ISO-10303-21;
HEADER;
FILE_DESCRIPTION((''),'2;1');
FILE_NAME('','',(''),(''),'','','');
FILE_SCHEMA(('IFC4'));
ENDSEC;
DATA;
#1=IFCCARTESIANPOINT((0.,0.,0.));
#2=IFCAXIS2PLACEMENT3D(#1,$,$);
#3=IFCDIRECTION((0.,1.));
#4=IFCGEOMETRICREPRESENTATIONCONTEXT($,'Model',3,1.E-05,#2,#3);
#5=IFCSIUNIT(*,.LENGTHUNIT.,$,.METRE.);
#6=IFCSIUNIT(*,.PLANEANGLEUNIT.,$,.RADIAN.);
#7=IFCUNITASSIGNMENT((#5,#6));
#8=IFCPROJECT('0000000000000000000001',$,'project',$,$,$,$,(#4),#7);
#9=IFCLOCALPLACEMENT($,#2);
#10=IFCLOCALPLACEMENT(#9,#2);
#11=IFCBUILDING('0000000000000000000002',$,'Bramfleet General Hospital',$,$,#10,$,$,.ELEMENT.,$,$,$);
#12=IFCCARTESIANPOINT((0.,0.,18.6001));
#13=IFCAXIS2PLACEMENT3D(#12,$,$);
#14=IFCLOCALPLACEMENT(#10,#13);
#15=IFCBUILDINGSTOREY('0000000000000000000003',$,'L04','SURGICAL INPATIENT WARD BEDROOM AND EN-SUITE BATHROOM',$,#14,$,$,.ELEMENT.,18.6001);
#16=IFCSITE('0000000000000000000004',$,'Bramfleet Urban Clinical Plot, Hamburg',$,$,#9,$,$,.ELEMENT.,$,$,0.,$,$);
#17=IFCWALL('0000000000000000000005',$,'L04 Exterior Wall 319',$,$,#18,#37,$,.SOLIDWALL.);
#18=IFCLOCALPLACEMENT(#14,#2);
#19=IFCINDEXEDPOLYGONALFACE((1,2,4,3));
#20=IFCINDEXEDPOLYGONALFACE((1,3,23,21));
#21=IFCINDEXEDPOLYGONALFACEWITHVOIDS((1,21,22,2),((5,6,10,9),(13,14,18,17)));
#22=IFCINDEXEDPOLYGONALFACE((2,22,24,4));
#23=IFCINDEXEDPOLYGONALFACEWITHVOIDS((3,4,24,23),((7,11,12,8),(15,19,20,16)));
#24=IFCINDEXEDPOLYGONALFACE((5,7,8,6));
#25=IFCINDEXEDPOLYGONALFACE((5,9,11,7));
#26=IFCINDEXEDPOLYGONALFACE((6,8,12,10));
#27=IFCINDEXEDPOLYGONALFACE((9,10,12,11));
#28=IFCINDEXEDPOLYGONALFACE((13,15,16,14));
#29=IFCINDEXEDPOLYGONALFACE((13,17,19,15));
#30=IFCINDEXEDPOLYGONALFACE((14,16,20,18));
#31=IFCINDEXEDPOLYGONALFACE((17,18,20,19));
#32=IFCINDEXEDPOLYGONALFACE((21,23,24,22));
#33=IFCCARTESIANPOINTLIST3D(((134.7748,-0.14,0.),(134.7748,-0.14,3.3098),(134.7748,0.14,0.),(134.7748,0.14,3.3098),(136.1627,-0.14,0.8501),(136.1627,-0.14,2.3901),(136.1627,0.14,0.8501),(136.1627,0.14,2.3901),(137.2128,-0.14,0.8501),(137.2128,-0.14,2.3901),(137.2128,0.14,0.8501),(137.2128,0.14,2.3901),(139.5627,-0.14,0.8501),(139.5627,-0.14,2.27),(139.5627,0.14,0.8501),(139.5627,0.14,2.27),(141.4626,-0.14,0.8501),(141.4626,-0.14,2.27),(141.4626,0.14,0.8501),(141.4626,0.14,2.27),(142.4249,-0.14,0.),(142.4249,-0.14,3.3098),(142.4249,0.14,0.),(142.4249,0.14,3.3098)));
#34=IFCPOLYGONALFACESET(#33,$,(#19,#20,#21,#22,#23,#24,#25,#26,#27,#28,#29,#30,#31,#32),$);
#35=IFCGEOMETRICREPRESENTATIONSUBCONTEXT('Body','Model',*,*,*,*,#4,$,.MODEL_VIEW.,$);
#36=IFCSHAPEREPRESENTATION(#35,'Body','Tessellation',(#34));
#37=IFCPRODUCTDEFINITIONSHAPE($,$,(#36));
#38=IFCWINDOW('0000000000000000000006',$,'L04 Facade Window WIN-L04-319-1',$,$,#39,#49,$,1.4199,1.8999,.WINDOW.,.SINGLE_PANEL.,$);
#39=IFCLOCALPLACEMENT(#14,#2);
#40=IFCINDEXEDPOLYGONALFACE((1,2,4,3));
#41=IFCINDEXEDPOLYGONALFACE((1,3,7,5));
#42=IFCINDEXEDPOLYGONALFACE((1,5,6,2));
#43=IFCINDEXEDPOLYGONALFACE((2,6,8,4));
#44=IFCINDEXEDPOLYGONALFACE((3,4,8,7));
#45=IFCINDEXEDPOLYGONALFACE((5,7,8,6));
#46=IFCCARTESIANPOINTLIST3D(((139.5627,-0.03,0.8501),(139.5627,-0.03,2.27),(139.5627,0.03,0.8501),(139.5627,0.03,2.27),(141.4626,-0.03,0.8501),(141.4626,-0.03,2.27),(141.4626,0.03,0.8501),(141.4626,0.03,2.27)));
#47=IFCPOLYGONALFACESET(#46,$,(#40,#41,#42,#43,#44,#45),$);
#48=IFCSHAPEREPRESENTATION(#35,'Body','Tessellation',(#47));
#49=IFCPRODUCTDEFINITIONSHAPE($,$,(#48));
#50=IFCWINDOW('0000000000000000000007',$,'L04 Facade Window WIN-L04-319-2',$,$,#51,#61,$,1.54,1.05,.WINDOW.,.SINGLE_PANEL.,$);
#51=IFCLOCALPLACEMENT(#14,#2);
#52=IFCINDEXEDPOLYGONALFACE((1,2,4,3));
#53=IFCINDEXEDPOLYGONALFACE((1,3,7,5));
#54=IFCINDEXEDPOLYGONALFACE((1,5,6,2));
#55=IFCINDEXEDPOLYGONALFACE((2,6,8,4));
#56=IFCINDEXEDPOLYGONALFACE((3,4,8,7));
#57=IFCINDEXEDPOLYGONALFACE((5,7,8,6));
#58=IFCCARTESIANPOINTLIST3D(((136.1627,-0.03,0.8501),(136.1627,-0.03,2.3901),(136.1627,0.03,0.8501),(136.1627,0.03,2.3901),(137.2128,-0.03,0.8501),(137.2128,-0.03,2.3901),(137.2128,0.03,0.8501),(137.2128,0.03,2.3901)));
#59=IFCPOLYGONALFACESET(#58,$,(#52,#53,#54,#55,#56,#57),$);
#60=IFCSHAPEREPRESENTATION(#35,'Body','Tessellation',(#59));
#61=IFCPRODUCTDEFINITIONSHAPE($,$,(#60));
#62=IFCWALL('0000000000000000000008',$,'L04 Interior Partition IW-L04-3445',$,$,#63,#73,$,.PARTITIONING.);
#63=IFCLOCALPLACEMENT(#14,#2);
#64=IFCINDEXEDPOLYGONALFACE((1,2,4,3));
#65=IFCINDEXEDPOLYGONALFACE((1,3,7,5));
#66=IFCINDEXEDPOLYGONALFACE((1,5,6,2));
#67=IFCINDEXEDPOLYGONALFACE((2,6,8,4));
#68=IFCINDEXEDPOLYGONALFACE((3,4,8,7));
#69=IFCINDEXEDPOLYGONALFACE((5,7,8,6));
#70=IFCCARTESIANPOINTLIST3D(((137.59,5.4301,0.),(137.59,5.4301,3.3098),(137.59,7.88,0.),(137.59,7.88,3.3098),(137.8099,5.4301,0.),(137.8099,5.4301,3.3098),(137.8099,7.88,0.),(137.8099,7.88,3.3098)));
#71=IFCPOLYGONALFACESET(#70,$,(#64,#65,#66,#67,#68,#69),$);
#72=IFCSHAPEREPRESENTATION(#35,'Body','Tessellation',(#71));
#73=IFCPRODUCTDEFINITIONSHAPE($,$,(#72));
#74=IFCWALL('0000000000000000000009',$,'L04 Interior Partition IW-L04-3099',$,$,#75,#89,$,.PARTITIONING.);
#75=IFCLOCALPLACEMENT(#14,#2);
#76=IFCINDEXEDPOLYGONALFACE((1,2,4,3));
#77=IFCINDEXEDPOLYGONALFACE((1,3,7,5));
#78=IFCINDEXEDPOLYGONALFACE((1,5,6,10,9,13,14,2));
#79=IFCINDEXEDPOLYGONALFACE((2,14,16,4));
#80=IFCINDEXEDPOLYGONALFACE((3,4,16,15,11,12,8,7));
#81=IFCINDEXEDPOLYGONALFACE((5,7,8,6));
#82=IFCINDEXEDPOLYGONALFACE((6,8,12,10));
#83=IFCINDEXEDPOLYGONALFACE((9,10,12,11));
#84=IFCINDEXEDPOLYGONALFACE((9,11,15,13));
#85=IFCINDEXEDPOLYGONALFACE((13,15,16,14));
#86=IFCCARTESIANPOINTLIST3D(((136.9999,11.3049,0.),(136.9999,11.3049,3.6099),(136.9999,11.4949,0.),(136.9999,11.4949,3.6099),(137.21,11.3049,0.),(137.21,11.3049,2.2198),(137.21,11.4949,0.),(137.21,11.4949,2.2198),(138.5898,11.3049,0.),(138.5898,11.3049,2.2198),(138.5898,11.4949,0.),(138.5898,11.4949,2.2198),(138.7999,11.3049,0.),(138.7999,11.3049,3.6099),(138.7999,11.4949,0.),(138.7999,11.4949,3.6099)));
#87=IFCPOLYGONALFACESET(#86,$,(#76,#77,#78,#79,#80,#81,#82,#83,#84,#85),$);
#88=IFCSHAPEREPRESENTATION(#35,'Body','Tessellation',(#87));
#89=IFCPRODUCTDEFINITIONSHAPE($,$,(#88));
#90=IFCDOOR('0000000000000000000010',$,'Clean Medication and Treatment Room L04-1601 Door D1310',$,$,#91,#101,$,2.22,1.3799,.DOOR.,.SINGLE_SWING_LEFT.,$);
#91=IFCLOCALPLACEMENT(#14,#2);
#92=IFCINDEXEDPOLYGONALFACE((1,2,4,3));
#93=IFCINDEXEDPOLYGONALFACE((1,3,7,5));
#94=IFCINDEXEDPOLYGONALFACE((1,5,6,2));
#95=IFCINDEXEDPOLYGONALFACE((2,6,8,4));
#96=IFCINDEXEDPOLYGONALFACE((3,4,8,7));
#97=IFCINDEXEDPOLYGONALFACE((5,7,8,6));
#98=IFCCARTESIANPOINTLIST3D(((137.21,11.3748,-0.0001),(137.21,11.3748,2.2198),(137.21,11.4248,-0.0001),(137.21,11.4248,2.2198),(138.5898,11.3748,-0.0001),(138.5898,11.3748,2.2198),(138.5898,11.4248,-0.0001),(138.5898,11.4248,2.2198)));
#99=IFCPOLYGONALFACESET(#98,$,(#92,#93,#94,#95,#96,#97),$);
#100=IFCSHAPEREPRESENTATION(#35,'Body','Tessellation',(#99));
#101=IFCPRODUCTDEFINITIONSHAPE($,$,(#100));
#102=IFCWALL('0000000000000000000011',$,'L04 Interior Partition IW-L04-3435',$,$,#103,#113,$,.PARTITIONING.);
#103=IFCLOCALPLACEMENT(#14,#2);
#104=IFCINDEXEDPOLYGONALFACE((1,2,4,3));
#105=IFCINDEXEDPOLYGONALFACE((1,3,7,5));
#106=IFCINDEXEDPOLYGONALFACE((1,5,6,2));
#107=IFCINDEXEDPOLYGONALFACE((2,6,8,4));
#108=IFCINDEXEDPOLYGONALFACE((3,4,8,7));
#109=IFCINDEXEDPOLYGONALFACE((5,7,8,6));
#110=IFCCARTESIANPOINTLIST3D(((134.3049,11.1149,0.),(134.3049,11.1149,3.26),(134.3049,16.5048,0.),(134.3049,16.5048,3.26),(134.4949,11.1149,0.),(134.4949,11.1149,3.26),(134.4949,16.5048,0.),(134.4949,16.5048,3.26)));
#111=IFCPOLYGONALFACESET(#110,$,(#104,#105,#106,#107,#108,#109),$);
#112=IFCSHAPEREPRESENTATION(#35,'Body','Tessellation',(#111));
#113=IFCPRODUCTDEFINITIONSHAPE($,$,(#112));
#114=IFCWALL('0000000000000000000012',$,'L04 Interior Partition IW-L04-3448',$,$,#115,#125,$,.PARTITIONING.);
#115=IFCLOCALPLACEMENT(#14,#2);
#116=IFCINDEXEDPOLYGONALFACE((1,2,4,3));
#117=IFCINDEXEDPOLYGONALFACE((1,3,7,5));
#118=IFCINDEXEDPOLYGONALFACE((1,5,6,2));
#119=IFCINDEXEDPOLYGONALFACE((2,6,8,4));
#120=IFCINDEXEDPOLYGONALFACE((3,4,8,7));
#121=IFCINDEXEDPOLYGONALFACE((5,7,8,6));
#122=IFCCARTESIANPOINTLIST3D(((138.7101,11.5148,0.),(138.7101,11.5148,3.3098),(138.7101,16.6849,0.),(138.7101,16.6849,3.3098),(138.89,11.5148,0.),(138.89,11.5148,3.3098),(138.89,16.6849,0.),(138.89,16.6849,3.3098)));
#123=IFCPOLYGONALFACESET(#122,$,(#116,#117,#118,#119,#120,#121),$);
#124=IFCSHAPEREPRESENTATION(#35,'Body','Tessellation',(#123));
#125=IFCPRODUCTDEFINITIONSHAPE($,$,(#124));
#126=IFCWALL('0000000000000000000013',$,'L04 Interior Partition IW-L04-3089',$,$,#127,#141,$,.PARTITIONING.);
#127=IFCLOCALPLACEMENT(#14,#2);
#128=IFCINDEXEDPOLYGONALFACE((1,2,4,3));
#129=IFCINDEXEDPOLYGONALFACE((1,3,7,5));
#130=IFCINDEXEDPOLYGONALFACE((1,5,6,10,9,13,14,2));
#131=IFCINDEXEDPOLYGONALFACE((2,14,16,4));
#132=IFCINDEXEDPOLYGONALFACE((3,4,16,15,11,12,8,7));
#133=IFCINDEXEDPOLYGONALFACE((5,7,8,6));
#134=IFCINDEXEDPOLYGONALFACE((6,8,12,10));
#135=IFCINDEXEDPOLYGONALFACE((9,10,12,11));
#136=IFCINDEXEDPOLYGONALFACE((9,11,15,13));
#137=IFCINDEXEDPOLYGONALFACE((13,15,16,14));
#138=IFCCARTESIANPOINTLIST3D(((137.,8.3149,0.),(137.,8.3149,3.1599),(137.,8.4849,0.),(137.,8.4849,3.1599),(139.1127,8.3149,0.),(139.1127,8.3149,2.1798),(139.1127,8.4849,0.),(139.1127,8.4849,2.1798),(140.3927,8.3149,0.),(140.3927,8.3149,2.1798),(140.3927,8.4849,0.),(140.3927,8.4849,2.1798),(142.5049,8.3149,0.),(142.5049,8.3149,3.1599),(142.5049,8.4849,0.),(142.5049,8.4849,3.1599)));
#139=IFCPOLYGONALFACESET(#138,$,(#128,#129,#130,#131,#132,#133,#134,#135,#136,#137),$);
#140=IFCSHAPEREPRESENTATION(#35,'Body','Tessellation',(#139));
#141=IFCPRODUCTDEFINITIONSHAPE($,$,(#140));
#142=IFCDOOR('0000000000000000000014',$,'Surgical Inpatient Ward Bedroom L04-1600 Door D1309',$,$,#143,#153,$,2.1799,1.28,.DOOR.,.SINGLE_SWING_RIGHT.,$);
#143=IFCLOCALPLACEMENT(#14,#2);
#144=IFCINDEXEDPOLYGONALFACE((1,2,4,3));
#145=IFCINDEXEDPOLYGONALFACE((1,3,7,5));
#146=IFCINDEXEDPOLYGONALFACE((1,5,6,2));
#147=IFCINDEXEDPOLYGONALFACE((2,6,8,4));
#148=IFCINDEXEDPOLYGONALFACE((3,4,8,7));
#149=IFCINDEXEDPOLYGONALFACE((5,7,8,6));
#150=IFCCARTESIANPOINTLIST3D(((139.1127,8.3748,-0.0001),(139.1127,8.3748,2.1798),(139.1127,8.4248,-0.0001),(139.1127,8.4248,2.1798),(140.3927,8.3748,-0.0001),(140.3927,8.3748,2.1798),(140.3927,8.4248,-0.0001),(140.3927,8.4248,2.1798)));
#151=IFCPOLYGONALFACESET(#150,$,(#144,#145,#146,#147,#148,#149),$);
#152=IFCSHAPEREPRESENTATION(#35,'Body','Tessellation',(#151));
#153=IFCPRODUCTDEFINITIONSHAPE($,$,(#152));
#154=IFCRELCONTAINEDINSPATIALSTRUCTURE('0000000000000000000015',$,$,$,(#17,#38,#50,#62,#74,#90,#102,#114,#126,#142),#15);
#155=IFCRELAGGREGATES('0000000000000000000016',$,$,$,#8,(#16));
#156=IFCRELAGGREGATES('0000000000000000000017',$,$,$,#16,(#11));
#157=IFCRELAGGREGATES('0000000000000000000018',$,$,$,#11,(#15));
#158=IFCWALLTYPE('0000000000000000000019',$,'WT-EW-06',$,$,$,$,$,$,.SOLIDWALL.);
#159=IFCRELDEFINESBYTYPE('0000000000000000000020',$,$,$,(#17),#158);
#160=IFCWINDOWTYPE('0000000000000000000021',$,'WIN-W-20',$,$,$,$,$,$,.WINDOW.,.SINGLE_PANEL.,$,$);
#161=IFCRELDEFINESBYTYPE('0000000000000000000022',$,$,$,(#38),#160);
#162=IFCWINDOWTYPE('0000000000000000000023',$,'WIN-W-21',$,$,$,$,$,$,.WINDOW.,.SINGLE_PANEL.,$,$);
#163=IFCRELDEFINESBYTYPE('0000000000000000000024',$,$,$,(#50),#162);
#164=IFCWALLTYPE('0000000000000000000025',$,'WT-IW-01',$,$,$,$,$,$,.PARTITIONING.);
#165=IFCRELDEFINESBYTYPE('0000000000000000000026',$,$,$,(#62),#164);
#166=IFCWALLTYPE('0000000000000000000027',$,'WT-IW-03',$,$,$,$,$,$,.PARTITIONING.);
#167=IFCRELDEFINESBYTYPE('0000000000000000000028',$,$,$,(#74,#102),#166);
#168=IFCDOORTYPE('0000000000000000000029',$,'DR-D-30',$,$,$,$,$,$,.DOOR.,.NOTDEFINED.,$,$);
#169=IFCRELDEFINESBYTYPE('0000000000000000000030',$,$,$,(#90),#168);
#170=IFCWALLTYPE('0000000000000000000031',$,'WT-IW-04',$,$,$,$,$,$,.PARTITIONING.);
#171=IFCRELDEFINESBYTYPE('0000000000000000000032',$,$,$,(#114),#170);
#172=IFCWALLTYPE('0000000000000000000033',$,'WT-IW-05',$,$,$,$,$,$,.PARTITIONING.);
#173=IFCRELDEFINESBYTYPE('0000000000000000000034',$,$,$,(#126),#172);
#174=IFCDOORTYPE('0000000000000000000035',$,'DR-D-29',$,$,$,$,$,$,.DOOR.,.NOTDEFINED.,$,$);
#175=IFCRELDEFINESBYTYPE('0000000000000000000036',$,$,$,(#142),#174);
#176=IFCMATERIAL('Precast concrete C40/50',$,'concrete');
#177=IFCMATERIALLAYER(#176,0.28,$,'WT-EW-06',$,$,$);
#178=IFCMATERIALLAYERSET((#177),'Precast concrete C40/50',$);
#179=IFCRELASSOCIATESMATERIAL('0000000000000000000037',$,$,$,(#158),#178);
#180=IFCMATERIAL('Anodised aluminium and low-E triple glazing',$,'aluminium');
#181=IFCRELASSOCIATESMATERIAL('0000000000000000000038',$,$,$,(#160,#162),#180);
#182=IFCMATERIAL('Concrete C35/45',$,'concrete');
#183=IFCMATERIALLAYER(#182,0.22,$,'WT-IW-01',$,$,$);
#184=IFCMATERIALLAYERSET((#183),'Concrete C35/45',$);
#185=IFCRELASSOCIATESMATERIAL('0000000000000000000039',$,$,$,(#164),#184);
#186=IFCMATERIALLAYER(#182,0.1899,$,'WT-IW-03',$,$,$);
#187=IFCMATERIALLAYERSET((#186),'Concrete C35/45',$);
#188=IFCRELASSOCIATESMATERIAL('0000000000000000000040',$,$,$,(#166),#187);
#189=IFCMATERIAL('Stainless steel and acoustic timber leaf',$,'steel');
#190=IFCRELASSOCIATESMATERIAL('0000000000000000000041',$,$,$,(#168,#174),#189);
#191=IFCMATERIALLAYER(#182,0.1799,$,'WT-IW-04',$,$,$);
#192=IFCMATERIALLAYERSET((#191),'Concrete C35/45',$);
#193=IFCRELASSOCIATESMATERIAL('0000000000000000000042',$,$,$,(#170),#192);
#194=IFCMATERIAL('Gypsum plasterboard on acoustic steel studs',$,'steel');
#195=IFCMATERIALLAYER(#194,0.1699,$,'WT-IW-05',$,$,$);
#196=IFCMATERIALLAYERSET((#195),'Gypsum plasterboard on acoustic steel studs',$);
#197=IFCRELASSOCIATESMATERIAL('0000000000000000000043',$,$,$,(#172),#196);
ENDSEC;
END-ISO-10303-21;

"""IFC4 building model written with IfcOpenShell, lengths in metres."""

from ifc_helpers import new_model, si_unit, direction, frame, frame_2d, origin, place, context, subcontext, project, spatial, rectangle, extrude, material, layer, layer_set, type_object, element, fill, save


model = new_model("IFC4")

# Units and contexts
model_context = context("Model", 3, precision=1e-05, world=origin(), true_north=direction((0.0, 1.0)))
body_context = subcontext(model_context, "Body", "Model", "MODEL_VIEW")
ifc_project = project(units=[si_unit("LENGTHUNIT", "METRE"), si_unit("PLANEANGLEUNIT", "RADIAN")], contexts=[model_context])

# Site, building, storey
site_placement = place(None, origin())
site = spatial("IfcSite", under=ifc_project, at=site_placement, Name="Bramfleet Urban Clinical Plot, Hamburg", CompositionType="ELEMENT", RefElevation=0.0)
building_placement = place(site_placement, origin())
building = spatial("IfcBuilding", under=site, at=building_placement, Name="Bramfleet General Hospital", CompositionType="ELEMENT")
storey_placement = place(building_placement, frame((0.0, 0.0, 18.6001)))
storey = spatial("IfcBuildingStorey", under=building, at=storey_placement, Name="L04", Description="SURGICAL INPATIENT WARD BEDROOM AND EN-SUITE BATHROOM", CompositionType="ELEMENT", Elevation=18.6001)

# Wall, openings, windows
ifc_material_1 = material(Name="Precast concrete C40/50", Category="concrete")
ifc_layer_1 = layer(ifc_material_1, 0.28, Name="WT-EW-06")
ifc_layer_set_1 = layer_set([ifc_layer_1], Name="Precast concrete C40/50")
wall_type_1 = type_object("IfcWallType", Name="WT-EW-06", PredefinedType="SOLIDWALL", material=ifc_layer_set_1)
wall_1_placement = place(storey_placement, frame((142.425, 0.0, 0.0), z_axis=(0.0, 0.0, 1.0), x_axis=(-1.0, 0.0, 0.0)))
wall_1 = element("IfcWall", 1, at=wall_1_placement, inside=storey, type_object=wall_type_1, Name="L04 Exterior Wall 319", PredefinedType="SOLIDWALL", context=body_context, shape_type="SweptSolid", body=[
    extrude(rectangle(XDim=7.6501, YDim=0.28, at=frame_2d((3.8252, 0.0))), origin(), (0.0, 0.0, 1.0), 3.3098),
])
opening_1_placement = place(wall_1_placement, frame((0.9624, 0.0, 0.8501)))
opening_1 = element("IfcOpeningElement", 2, at=opening_1_placement, cuts=wall_1, PredefinedType="OPENING", context=body_context, shape_type="SweptSolid", body=[
    extrude(rectangle(XDim=1.8999, YDim=1.4199, at=frame_2d((0.95, 0.71))), frame((0.0, 0.1499, 0.0), z_axis=(0.0, -1.0, 0.0), x_axis=(1.0, 0.0, 0.0)), (0.0, 0.0, 1.0), 0.3),
])
opening_2_placement = place(wall_1_placement, frame((5.2124, 0.0, 0.8501)))
opening_2 = element("IfcOpeningElement", 3, at=opening_2_placement, cuts=wall_1, PredefinedType="OPENING", context=body_context, shape_type="SweptSolid", body=[
    extrude(rectangle(XDim=1.05, YDim=1.54, at=frame_2d((0.5249, 0.77))), frame((0.0, 0.1499, 0.0), z_axis=(0.0, -1.0, 0.0), x_axis=(1.0, 0.0, 0.0)), (0.0, 0.0, 1.0), 0.3),
])
ifc_material_2 = material(Name="Anodised aluminium and low-E triple glazing", Category="aluminium")
window_type_1 = type_object("IfcWindowType", Name="WIN-W-20", PartitioningType="SINGLE_PANEL", PredefinedType="WINDOW", material=ifc_material_2)
window_1_placement = place(opening_1_placement, origin())
window_1 = element("IfcWindow", 4, at=window_1_placement, inside=storey, type_object=window_type_1, Name="L04 Facade Window WIN-L04-319-1", OverallHeight=1.4199, OverallWidth=1.8999, PartitioningType="SINGLE_PANEL", PredefinedType="WINDOW", context=body_context, shape_type="SweptSolid", body=[
    extrude(rectangle(XDim=1.8999, YDim=1.4199, at=frame_2d((0.95, 0.71))), frame((0.0, 0.03, 0.0), z_axis=(0.0, -1.0, 0.0), x_axis=(1.0, 0.0, 0.0)), (0.0, 0.0, 1.0), 0.0601),
])
fill(opening_1, window_1)
window_type_2 = type_object("IfcWindowType", Name="WIN-W-21", PartitioningType="SINGLE_PANEL", PredefinedType="WINDOW", material=ifc_material_2)
window_2_placement = place(opening_2_placement, origin())
window_2 = element("IfcWindow", 5, at=window_2_placement, inside=storey, type_object=window_type_2, Name="L04 Facade Window WIN-L04-319-2", OverallHeight=1.54, OverallWidth=1.05, PartitioningType="SINGLE_PANEL", PredefinedType="WINDOW", context=body_context, shape_type="SweptSolid", body=[
    extrude(rectangle(XDim=1.05, YDim=1.54, at=frame_2d((0.5249, 0.77))), frame((0.0, 0.03, 0.0), z_axis=(0.0, -1.0, 0.0), x_axis=(1.0, 0.0, 0.0)), (0.0, 0.0, 1.0), 0.0601),
])
fill(opening_2, window_2)

# Wall
ifc_material_3 = material(Name="Concrete C35/45", Category="concrete")
ifc_layer_2 = layer(ifc_material_3, 0.22, Name="WT-IW-01")
ifc_layer_set_2 = layer_set([ifc_layer_2], Name="Concrete C35/45")
wall_type_2 = type_object("IfcWallType", Name="WT-IW-01", PredefinedType="PARTITIONING", material=ifc_layer_set_2)
wall_2_placement = place(storey_placement, frame((137.7, 5.4299, 0.0), z_axis=(0.0, 0.0, 1.0), x_axis=(0.0, 1.0, 0.0)))
element("IfcWall", 6, at=wall_2_placement, inside=storey, type_object=wall_type_2, Name="L04 Interior Partition IW-L04-3445", PredefinedType="PARTITIONING", context=body_context, shape_type="SweptSolid", body=[
    extrude(rectangle(XDim=2.45, YDim=0.22, at=frame_2d((1.2251, 0.0))), origin(), (0.0, 0.0, 1.0), 3.3098),
])

# Wall, opening, door
ifc_layer_3 = layer(ifc_material_3, 0.1899, Name="WT-IW-03")
ifc_layer_set_3 = layer_set([ifc_layer_3], Name="Concrete C35/45")
wall_type_3 = type_object("IfcWallType", Name="WT-IW-03", PredefinedType="PARTITIONING", material=ifc_layer_set_3)
wall_3_placement = place(storey_placement, frame((137.0, 11.3999, 0.0), z_axis=(0.0, 0.0, 1.0), x_axis=(1.0, 0.0, 0.0)))
wall_3 = element("IfcWall", 7, at=wall_3_placement, inside=storey, type_object=wall_type_3, Name="L04 Interior Partition IW-L04-3099", PredefinedType="PARTITIONING", context=body_context, shape_type="SweptSolid", body=[
    extrude(rectangle(XDim=1.8, YDim=0.1899, at=frame_2d((0.8999, 0.0))), origin(), (0.0, 0.0, 1.0), 3.6099),
])
opening_3_placement = place(wall_3_placement, frame((0.21, 0.0, 0.0)))
opening_3 = element("IfcOpeningElement", 8, at=opening_3_placement, cuts=wall_3, PredefinedType="OPENING", context=body_context, shape_type="SweptSolid", body=[
    extrude(rectangle(XDim=1.3799, YDim=2.22, at=frame_2d((0.6899, 1.1099))), frame((0.0, 0.105, 0.0), z_axis=(0.0, -1.0, 0.0), x_axis=(1.0, 0.0, 0.0)), (0.0, 0.0, 1.0), 0.21),
])
ifc_material_4 = material(Name="Stainless steel and acoustic timber leaf", Category="steel")
door_type_1 = type_object("IfcDoorType", Name="DR-D-30", OperationType="NOTDEFINED", PredefinedType="DOOR", material=ifc_material_4)
door_1_placement = place(opening_3_placement, origin())
door_1 = element("IfcDoor", 9, at=door_1_placement, inside=storey, type_object=door_type_1, Name="Clean Medication and Treatment Room L04-1601 Door D1310", OperationType="SINGLE_SWING_LEFT", OverallHeight=2.22, OverallWidth=1.3799, PredefinedType="DOOR", context=body_context, shape_type="SweptSolid", body=[
    extrude(rectangle(XDim=1.3799, YDim=2.22, at=frame_2d((0.6899, 1.1099))), frame((0.0, 0.0249, 0.0), z_axis=(0.0, -1.0, 0.0), x_axis=(1.0, 0.0, 0.0)), (0.0, 0.0, 1.0), 0.05),
])
fill(opening_3, door_1)

# Walls
wall_4_placement = place(storey_placement, frame((134.3999, 11.115, 0.0), z_axis=(0.0, 0.0, 1.0), x_axis=(0.0, 1.0, 0.0)))
element("IfcWall", 10, at=wall_4_placement, inside=storey, type_object=wall_type_3, Name="L04 Interior Partition IW-L04-3435", PredefinedType="PARTITIONING", context=body_context, shape_type="SweptSolid", body=[
    extrude(rectangle(XDim=5.3899, YDim=0.1899, at=frame_2d((2.6948, 0.0))), origin(), (0.0, 0.0, 1.0), 3.26),
])
ifc_layer_4 = layer(ifc_material_3, 0.1799, Name="WT-IW-04")
ifc_layer_set_4 = layer_set([ifc_layer_4], Name="Concrete C35/45")
wall_type_4 = type_object("IfcWallType", Name="WT-IW-04", PredefinedType="PARTITIONING", material=ifc_layer_set_4)
wall_5_placement = place(storey_placement, frame((138.8, 11.5149, 0.0), z_axis=(0.0, 0.0, 1.0), x_axis=(0.0, 1.0, 0.0)))
element("IfcWall", 11, at=wall_5_placement, inside=storey, type_object=wall_type_4, Name="L04 Interior Partition IW-L04-3448", PredefinedType="PARTITIONING", context=body_context, shape_type="SweptSolid", body=[
    extrude(rectangle(XDim=5.1702, YDim=0.1799, at=frame_2d((2.585, 0.0))), origin(), (0.0, 0.0, 1.0), 3.3098),
])

# Wall, opening, door
ifc_material_5 = material(Name="Gypsum plasterboard on acoustic steel studs", Category="steel")
ifc_layer_5 = layer(ifc_material_5, 0.1699, Name="WT-IW-05")
ifc_layer_set_5 = layer_set([ifc_layer_5], Name="Gypsum plasterboard on acoustic steel studs")
wall_type_5 = type_object("IfcWallType", Name="WT-IW-05", PredefinedType="PARTITIONING", material=ifc_layer_set_5)
wall_6_placement = place(storey_placement, frame((137.0, 8.3999, 0.0), z_axis=(0.0, 0.0, 1.0), x_axis=(1.0, 0.0, 0.0)))
wall_6 = element("IfcWall", 12, at=wall_6_placement, inside=storey, type_object=wall_type_5, Name="L04 Interior Partition IW-L04-3089", PredefinedType="PARTITIONING", context=body_context, shape_type="SweptSolid", body=[
    extrude(rectangle(XDim=5.5049, YDim=0.1699, at=frame_2d((2.7524, 0.0))), origin(), (0.0, 0.0, 1.0), 3.1599),
])
opening_4_placement = place(wall_6_placement, frame((2.1125, 0.0, 0.0)))
opening_4 = element("IfcOpeningElement", 13, at=opening_4_placement, cuts=wall_6, PredefinedType="OPENING", context=body_context, shape_type="SweptSolid", body=[
    extrude(rectangle(XDim=1.28, YDim=2.1799, at=frame_2d((0.6401, 1.0898))), frame((0.0, 0.095, 0.0), z_axis=(0.0, -1.0, 0.0), x_axis=(1.0, 0.0, 0.0)), (0.0, 0.0, 1.0), 0.1899),
])
door_type_2 = type_object("IfcDoorType", Name="DR-D-29", OperationType="NOTDEFINED", PredefinedType="DOOR", material=ifc_material_4)
door_2_placement = place(opening_4_placement, origin())
door_2 = element("IfcDoor", 14, at=door_2_placement, inside=storey, type_object=door_type_2, Name="Surgical Inpatient Ward Bedroom L04-1600 Door D1309", OperationType="SINGLE_SWING_RIGHT", OverallHeight=2.1799, OverallWidth=1.28, PredefinedType="DOOR", context=body_context, shape_type="SweptSolid", body=[
    extrude(rectangle(XDim=1.28, YDim=2.1799, at=frame_2d((0.6401, 1.0898))), frame((0.0, 0.0249, 0.0), z_axis=(0.0, -1.0, 0.0), x_axis=(1.0, 0.0, 0.0)), (0.0, 0.0, 1.0), 0.05),
])
fill(opening_4, door_2)

save(model, "model.ifc")
